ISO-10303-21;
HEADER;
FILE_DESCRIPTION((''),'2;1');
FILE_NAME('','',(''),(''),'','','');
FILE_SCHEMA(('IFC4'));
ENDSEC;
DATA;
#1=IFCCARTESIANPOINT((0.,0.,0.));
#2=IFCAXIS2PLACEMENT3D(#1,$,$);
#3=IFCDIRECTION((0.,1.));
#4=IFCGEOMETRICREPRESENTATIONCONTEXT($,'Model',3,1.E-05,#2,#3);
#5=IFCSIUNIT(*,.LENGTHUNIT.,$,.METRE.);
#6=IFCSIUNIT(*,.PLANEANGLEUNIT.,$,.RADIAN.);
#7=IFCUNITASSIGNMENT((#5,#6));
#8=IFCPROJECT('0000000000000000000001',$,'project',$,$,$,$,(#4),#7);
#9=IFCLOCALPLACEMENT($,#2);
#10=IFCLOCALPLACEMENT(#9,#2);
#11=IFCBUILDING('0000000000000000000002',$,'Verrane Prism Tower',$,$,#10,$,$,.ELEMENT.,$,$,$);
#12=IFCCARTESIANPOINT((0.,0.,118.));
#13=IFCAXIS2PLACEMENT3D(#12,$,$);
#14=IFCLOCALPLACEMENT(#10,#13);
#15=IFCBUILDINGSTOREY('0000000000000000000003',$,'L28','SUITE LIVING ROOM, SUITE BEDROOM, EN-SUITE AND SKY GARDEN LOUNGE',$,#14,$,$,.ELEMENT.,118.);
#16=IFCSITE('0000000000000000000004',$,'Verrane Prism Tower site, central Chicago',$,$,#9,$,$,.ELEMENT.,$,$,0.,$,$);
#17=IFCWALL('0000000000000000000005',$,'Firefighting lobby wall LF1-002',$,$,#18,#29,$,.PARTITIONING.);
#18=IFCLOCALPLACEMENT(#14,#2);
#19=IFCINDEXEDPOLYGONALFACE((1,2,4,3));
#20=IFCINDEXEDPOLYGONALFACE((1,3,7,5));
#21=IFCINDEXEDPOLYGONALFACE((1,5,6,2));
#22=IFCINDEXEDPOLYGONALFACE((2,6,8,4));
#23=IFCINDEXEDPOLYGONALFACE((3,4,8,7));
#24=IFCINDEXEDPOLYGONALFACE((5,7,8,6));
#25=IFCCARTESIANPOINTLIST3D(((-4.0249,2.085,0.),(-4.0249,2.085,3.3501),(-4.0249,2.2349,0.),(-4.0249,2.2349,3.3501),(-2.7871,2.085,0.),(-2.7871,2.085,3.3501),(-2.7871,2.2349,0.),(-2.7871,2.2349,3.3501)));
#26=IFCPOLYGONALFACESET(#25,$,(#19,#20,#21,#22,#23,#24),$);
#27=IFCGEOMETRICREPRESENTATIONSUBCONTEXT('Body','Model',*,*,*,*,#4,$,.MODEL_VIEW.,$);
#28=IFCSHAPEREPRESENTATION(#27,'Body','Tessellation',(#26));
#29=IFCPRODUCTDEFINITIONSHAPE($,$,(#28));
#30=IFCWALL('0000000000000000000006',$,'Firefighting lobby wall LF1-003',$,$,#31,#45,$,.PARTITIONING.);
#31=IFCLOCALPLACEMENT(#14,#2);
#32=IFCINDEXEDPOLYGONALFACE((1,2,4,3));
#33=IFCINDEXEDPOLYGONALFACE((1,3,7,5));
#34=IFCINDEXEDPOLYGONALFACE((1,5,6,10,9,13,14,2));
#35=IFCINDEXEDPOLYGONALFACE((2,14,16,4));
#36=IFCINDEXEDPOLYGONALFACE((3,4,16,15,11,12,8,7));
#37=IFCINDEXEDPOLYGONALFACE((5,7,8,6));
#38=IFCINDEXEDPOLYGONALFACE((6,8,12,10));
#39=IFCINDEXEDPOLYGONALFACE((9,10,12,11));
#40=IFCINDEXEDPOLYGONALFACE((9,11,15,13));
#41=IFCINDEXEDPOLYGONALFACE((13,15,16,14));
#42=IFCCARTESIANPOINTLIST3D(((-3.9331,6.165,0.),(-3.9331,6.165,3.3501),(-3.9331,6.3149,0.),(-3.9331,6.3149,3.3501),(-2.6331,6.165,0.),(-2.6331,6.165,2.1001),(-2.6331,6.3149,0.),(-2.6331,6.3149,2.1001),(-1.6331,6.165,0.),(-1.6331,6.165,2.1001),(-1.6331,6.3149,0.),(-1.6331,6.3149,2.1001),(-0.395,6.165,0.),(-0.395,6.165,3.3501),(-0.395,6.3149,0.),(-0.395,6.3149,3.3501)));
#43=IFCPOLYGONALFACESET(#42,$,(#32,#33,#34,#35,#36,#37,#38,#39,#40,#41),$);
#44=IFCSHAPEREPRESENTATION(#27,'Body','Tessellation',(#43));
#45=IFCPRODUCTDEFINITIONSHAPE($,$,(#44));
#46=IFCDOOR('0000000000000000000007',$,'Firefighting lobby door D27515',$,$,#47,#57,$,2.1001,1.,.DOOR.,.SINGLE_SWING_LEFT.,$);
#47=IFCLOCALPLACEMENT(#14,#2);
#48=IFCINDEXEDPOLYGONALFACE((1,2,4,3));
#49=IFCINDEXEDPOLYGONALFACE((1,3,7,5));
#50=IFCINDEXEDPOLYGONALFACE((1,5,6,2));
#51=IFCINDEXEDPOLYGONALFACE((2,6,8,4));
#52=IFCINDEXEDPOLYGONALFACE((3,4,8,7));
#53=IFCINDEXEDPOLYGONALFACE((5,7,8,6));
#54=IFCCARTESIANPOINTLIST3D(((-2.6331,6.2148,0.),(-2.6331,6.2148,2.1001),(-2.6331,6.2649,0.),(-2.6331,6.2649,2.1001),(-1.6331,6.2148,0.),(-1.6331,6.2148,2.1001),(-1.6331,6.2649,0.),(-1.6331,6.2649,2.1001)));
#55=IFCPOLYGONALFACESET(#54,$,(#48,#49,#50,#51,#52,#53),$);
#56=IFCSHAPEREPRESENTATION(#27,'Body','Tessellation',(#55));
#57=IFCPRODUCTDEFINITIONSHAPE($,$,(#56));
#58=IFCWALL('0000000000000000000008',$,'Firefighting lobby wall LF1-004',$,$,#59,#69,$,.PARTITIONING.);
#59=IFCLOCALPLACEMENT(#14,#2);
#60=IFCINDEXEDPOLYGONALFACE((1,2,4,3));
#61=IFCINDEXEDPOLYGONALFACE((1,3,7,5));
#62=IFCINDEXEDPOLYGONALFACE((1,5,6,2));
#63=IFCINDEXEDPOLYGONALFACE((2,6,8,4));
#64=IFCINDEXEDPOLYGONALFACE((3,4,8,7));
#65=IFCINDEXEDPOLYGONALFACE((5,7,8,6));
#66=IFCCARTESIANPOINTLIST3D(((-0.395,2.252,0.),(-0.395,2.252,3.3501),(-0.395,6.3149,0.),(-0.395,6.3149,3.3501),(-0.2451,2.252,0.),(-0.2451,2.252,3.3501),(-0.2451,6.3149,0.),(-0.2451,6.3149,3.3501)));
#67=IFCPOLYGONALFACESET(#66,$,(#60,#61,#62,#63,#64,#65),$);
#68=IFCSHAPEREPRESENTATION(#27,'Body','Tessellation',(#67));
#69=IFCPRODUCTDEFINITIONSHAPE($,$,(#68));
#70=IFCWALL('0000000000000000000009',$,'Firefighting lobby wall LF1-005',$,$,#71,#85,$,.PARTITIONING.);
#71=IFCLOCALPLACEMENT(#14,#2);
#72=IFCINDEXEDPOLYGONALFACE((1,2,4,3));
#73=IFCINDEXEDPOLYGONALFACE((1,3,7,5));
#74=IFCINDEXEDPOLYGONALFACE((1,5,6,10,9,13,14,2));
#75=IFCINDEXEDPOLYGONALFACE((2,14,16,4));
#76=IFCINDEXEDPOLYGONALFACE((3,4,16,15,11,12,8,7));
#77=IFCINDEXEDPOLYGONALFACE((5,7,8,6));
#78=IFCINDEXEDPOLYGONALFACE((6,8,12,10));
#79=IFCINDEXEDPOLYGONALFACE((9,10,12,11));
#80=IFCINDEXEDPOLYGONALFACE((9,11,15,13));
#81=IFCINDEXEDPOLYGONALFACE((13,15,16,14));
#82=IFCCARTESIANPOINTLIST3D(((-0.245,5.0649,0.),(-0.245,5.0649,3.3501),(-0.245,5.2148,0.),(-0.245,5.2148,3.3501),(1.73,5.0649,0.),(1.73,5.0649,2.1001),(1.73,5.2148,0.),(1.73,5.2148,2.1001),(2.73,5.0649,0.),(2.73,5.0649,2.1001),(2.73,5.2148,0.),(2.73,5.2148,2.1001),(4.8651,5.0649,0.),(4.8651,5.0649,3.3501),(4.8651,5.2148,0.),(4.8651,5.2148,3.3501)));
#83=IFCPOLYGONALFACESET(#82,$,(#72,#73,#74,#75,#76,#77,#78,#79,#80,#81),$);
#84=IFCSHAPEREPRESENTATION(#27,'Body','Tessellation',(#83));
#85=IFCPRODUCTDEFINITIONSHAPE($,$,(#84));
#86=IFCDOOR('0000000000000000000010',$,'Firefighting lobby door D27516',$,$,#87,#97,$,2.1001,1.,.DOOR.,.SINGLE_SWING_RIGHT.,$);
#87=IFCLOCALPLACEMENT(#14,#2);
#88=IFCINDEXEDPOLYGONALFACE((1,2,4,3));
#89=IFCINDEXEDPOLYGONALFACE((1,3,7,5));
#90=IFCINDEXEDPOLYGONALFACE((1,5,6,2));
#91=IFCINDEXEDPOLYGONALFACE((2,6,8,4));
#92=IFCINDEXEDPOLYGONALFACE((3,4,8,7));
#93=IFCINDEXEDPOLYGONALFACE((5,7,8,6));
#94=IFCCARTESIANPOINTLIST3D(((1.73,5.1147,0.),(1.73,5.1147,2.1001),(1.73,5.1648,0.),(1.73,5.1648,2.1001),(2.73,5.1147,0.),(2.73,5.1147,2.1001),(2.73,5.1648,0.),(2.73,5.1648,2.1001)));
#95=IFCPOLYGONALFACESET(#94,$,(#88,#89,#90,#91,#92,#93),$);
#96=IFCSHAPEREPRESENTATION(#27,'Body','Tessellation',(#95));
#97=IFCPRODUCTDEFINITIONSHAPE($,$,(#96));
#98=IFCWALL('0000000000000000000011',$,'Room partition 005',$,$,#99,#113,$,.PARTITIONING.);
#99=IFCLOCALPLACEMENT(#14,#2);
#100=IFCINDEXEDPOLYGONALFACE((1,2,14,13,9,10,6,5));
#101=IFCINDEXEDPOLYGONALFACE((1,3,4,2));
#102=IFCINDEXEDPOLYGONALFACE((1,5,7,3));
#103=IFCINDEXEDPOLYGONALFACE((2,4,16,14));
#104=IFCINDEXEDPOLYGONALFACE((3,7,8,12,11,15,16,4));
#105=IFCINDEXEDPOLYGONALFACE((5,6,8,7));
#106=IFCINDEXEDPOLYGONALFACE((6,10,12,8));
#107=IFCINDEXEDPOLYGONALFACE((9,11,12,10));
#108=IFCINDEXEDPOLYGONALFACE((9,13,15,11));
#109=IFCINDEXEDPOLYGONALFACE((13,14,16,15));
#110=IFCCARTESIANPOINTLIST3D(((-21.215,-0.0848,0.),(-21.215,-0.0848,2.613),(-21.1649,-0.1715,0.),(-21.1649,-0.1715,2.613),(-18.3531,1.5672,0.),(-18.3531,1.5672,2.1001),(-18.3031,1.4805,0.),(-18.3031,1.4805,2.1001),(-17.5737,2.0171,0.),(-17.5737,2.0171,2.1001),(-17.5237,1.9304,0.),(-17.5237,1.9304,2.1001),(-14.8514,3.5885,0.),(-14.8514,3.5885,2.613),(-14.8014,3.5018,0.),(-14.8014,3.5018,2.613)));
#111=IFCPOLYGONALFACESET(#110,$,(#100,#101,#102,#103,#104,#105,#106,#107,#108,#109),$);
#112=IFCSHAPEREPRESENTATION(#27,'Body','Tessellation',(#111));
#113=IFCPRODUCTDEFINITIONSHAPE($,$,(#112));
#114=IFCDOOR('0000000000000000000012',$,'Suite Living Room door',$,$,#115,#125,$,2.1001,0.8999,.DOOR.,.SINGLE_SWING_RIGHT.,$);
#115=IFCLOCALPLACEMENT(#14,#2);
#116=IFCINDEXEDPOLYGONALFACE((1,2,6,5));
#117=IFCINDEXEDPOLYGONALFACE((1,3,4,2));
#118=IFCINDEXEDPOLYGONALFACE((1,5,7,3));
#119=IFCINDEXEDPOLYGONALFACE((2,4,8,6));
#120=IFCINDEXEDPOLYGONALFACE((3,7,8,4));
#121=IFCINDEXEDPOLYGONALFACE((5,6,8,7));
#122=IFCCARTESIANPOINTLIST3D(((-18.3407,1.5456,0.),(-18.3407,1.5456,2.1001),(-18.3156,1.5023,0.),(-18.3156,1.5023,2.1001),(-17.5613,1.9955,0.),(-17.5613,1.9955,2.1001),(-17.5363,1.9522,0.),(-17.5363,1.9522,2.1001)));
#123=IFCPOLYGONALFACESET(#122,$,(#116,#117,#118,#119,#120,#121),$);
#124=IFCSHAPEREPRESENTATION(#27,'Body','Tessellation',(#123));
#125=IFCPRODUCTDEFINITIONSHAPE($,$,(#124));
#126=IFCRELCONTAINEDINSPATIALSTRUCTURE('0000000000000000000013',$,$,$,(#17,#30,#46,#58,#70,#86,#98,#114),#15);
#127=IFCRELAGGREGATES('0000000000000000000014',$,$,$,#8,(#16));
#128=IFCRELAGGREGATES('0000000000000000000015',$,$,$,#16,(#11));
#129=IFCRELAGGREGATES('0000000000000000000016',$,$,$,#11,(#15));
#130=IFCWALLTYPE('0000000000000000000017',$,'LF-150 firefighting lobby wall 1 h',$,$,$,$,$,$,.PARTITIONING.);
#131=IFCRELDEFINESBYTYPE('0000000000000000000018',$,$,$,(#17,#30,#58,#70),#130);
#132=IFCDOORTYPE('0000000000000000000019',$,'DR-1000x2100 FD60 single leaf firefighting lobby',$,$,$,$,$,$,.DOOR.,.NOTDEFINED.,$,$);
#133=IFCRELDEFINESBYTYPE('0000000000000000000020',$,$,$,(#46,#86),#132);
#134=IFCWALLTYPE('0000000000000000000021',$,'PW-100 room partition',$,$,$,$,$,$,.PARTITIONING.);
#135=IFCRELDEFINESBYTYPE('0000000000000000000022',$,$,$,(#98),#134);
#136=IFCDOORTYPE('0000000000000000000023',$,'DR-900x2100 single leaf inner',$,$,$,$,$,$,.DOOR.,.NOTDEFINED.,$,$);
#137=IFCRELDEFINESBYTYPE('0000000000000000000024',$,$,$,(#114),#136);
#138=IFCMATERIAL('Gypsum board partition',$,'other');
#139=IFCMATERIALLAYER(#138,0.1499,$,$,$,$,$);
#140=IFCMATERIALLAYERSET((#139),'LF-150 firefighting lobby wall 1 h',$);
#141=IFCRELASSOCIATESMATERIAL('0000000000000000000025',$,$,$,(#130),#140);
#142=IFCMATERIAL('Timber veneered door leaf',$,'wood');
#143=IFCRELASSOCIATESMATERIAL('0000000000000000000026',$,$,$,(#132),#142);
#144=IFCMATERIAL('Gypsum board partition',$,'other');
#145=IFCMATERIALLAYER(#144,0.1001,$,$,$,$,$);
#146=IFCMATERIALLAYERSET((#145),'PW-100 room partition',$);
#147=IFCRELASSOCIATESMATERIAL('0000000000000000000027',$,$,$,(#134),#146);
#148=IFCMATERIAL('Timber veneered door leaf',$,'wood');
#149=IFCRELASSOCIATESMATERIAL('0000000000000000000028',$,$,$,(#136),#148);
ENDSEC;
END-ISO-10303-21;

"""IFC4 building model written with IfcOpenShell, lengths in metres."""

from ifc_helpers import new_model, si_unit, direction, frame, frame_2d, origin, place, context, subcontext, project, spatial, rectangle, extrude, material, layer, layer_set, type_object, element, fill, save


model = new_model("IFC4")

# Units and contexts
model_context = context("Model", 3, precision=1e-05, world=origin(), true_north=direction((0.0, 1.0)))
body_context = subcontext(model_context, "Body", "Model", "MODEL_VIEW")
ifc_project = project(units=[si_unit("LENGTHUNIT", "METRE"), si_unit("PLANEANGLEUNIT", "RADIAN")], contexts=[model_context])

# Site, building, storey
site_placement = place(None, origin())
site = spatial("IfcSite", under=ifc_project, at=site_placement, Name="Verrane Prism Tower site, central Chicago", CompositionType="ELEMENT", RefElevation=0.0)
building_placement = place(site_placement, origin())
building = spatial("IfcBuilding", under=site, at=building_placement, Name="Verrane Prism Tower", CompositionType="ELEMENT")
storey_placement = place(building_placement, frame((0.0, 0.0, 118.0)))
storey = spatial("IfcBuildingStorey", under=building, at=storey_placement, Name="L28", Description="SUITE LIVING ROOM, SUITE BEDROOM, EN-SUITE AND SKY GARDEN LOUNGE", CompositionType="ELEMENT", Elevation=118.0)

# Wall
ifc_material_1 = material(Name="Gypsum board partition", Category="other")
ifc_layer_1 = layer(ifc_material_1, 0.1499)
ifc_layer_set_1 = layer_set([ifc_layer_1], Name="LF-150 firefighting lobby wall 1 h")
wall_type_1 = type_object("IfcWallType", Name="LF-150 firefighting lobby wall 1 h", PredefinedType="PARTITIONING", material=ifc_layer_set_1)
wall_1_placement = place(storey_placement, frame((-4.0249, 2.1599, 0.0), z_axis=(0.0, 0.0, 1.0), x_axis=(1.0, 0.0, 0.0)))
element("IfcWall", 1, at=wall_1_placement, inside=storey, type_object=wall_type_1, Name="Firefighting lobby wall LF1-002", PredefinedType="PARTITIONING", context=body_context, shape_type="SweptSolid", body=[
    extrude(rectangle(XDim=1.2378, YDim=0.1499, at=frame_2d((0.6189, 0.0))), origin(), (0.0, 0.0, 1.0), 3.3501),
])

# Wall, opening, door
wall_2_placement = place(storey_placement, frame((-3.9331, 6.24, 0.0), z_axis=(0.0, 0.0, 1.0), x_axis=(1.0, 0.0, 0.0)))
wall_2 = element("IfcWall", 2, at=wall_2_placement, inside=storey, type_object=wall_type_1, Name="Firefighting lobby wall LF1-003", PredefinedType="PARTITIONING", context=body_context, shape_type="SweptSolid", body=[
    extrude(rectangle(XDim=3.5381, YDim=0.1499, at=frame_2d((1.769, 0.0))), origin(), (0.0, 0.0, 1.0), 3.3501),
])
opening_1_placement = place(wall_2_placement, frame((1.3, 0.0, 0.0)))
opening_1 = element("IfcOpeningElement", 3, at=opening_1_placement, cuts=wall_2, PredefinedType="OPENING", context=body_context, shape_type="SweptSolid", body=[
    extrude(rectangle(XDim=1.0, YDim=2.1001, at=frame_2d((0.5, 1.05))), frame((0.0, 0.085, 0.0), z_axis=(0.0, -1.0, 0.0), x_axis=(1.0, 0.0, 0.0)), (0.0, 0.0, 1.0), 0.1699),
])
ifc_material_2 = material(Name="Timber veneered door leaf", Category="wood")
door_type_1 = type_object("IfcDoorType", Name="DR-1000x2100 FD60 single leaf firefighting lobby", OperationType="NOTDEFINED", PredefinedType="DOOR", material=ifc_material_2)
door_1_placement = place(opening_1_placement, origin())
door_1 = element("IfcDoor", 4, at=door_1_placement, inside=storey, type_object=door_type_1, Name="Firefighting lobby door D27515", OperationType="SINGLE_SWING_LEFT", OverallHeight=2.1001, OverallWidth=1.0, PredefinedType="DOOR", context=body_context, shape_type="SweptSolid", body=[
    extrude(rectangle(XDim=1.0, YDim=2.1001, at=frame_2d((0.5, 1.05))), frame((0.0, 0.0249, 0.0), z_axis=(0.0, -1.0, 0.0), x_axis=(1.0, 0.0, 0.0)), (0.0, 0.0, 1.0), 0.05),
])
fill(opening_1, door_1)

# Wall
wall_3_placement = place(storey_placement, frame((-0.3201, 2.252, 0.0), z_axis=(0.0, 0.0, 1.0), x_axis=(0.0, 1.0, 0.0)))
element("IfcWall", 5, at=wall_3_placement, inside=storey, type_object=wall_type_1, Name="Firefighting lobby wall LF1-004", PredefinedType="PARTITIONING", context=body_context, shape_type="SweptSolid", body=[
    extrude(rectangle(XDim=4.063, YDim=0.1499, at=frame_2d((2.0315, 0.0))), origin(), (0.0, 0.0, 1.0), 3.3501),
])

# Walls, openings, doors
wall_4_placement = place(storey_placement, frame((-0.2451, 5.1399, 0.0), z_axis=(0.0, 0.0, 1.0), x_axis=(1.0, 0.0, 0.0)))
wall_4 = element("IfcWall", 6, at=wall_4_placement, inside=storey, type_object=wall_type_1, Name="Firefighting lobby wall LF1-005", PredefinedType="PARTITIONING", context=body_context, shape_type="SweptSolid", body=[
    extrude(rectangle(XDim=5.1101, YDim=0.1499, at=frame_2d((2.5552, 0.0))), origin(), (0.0, 0.0, 1.0), 3.3501),
])
opening_2_placement = place(wall_4_placement, frame((1.9751, 0.0, 0.0)))
opening_2 = element("IfcOpeningElement", 7, at=opening_2_placement, cuts=wall_4, PredefinedType="OPENING", context=body_context, shape_type="SweptSolid", body=[
    extrude(rectangle(XDim=1.0, YDim=2.1001, at=frame_2d((0.5, 1.05))), frame((0.0, 0.085, 0.0), z_axis=(0.0, -1.0, 0.0), x_axis=(1.0, 0.0, 0.0)), (0.0, 0.0, 1.0), 0.1699),
])
door_2_placement = place(opening_2_placement, origin())
door_2 = element("IfcDoor", 8, at=door_2_placement, inside=storey, type_object=door_type_1, Name="Firefighting lobby door D27516", OperationType="SINGLE_SWING_RIGHT", OverallHeight=2.1001, OverallWidth=1.0, PredefinedType="DOOR", context=body_context, shape_type="SweptSolid", body=[
    extrude(rectangle(XDim=1.0, YDim=2.1001, at=frame_2d((0.5, 1.05))), frame((0.0, 0.0249, 0.0), z_axis=(0.0, -1.0, 0.0), x_axis=(1.0, 0.0, 0.0)), (0.0, 0.0, 1.0), 0.05),
])
fill(opening_2, door_2)
ifc_material_3 = material(Name="Gypsum board partition", Category="other")
ifc_layer_2 = layer(ifc_material_3, 0.1001)
ifc_layer_set_2 = layer_set([ifc_layer_2], Name="PW-100 room partition")
wall_type_2 = type_object("IfcWallType", Name="PW-100 room partition", PredefinedType="PARTITIONING", material=ifc_layer_set_2)
wall_5_placement = place(storey_placement, frame((-14.8264, 3.5452, 0.0), z_axis=(0.0, 0.0, 1.0), x_axis=(-0.866063, -0.499934, 0.0)))
wall_5 = element("IfcWall", 9, at=wall_5_placement, inside=storey, type_object=wall_type_2, Name="Room partition 005", PredefinedType="PARTITIONING", context=body_context, shape_type="SweptSolid", body=[
    extrude(rectangle(XDim=7.3477, YDim=0.1001, at=frame_2d((3.6738, 0.0))), origin(), (0.0, 0.0, 1.0), 2.613),
])
opening_3_placement = place(wall_5_placement, frame((3.1433, 0.0, 0.0)))
opening_3 = element("IfcOpeningElement", 10, at=opening_3_placement, cuts=wall_5, PredefinedType="OPENING", context=body_context, shape_type="SweptSolid", body=[
    extrude(rectangle(XDim=0.8999, YDim=2.1001, at=frame_2d((0.45, 1.05))), frame((0.0, 0.0601, 0.0), z_axis=(0.0, -1.0, 0.0), x_axis=(1.0, 0.0, 0.0)), (0.0, 0.0, 1.0), 0.1201),
])
ifc_material_4 = material(Name="Timber veneered door leaf", Category="wood")
door_type_2 = type_object("IfcDoorType", Name="DR-900x2100 single leaf inner", OperationType="NOTDEFINED", PredefinedType="DOOR", material=ifc_material_4)
door_3_placement = place(opening_3_placement, origin())
door_3 = element("IfcDoor", 11, at=door_3_placement, inside=storey, type_object=door_type_2, Name="Suite Living Room door", OperationType="SINGLE_SWING_RIGHT", OverallHeight=2.1001, OverallWidth=0.8999, PredefinedType="DOOR", context=body_context, shape_type="SweptSolid", body=[
    extrude(rectangle(XDim=0.8999, YDim=2.1001, at=frame_2d((0.45, 1.05))), frame((0.0, 0.0249, 0.0), z_axis=(0.0, -1.0, 0.0), x_axis=(1.0, 0.0, 0.0)), (0.0, 0.0, 1.0), 0.05),
])
fill(opening_3, door_3)

save(model, "model.ifc")
